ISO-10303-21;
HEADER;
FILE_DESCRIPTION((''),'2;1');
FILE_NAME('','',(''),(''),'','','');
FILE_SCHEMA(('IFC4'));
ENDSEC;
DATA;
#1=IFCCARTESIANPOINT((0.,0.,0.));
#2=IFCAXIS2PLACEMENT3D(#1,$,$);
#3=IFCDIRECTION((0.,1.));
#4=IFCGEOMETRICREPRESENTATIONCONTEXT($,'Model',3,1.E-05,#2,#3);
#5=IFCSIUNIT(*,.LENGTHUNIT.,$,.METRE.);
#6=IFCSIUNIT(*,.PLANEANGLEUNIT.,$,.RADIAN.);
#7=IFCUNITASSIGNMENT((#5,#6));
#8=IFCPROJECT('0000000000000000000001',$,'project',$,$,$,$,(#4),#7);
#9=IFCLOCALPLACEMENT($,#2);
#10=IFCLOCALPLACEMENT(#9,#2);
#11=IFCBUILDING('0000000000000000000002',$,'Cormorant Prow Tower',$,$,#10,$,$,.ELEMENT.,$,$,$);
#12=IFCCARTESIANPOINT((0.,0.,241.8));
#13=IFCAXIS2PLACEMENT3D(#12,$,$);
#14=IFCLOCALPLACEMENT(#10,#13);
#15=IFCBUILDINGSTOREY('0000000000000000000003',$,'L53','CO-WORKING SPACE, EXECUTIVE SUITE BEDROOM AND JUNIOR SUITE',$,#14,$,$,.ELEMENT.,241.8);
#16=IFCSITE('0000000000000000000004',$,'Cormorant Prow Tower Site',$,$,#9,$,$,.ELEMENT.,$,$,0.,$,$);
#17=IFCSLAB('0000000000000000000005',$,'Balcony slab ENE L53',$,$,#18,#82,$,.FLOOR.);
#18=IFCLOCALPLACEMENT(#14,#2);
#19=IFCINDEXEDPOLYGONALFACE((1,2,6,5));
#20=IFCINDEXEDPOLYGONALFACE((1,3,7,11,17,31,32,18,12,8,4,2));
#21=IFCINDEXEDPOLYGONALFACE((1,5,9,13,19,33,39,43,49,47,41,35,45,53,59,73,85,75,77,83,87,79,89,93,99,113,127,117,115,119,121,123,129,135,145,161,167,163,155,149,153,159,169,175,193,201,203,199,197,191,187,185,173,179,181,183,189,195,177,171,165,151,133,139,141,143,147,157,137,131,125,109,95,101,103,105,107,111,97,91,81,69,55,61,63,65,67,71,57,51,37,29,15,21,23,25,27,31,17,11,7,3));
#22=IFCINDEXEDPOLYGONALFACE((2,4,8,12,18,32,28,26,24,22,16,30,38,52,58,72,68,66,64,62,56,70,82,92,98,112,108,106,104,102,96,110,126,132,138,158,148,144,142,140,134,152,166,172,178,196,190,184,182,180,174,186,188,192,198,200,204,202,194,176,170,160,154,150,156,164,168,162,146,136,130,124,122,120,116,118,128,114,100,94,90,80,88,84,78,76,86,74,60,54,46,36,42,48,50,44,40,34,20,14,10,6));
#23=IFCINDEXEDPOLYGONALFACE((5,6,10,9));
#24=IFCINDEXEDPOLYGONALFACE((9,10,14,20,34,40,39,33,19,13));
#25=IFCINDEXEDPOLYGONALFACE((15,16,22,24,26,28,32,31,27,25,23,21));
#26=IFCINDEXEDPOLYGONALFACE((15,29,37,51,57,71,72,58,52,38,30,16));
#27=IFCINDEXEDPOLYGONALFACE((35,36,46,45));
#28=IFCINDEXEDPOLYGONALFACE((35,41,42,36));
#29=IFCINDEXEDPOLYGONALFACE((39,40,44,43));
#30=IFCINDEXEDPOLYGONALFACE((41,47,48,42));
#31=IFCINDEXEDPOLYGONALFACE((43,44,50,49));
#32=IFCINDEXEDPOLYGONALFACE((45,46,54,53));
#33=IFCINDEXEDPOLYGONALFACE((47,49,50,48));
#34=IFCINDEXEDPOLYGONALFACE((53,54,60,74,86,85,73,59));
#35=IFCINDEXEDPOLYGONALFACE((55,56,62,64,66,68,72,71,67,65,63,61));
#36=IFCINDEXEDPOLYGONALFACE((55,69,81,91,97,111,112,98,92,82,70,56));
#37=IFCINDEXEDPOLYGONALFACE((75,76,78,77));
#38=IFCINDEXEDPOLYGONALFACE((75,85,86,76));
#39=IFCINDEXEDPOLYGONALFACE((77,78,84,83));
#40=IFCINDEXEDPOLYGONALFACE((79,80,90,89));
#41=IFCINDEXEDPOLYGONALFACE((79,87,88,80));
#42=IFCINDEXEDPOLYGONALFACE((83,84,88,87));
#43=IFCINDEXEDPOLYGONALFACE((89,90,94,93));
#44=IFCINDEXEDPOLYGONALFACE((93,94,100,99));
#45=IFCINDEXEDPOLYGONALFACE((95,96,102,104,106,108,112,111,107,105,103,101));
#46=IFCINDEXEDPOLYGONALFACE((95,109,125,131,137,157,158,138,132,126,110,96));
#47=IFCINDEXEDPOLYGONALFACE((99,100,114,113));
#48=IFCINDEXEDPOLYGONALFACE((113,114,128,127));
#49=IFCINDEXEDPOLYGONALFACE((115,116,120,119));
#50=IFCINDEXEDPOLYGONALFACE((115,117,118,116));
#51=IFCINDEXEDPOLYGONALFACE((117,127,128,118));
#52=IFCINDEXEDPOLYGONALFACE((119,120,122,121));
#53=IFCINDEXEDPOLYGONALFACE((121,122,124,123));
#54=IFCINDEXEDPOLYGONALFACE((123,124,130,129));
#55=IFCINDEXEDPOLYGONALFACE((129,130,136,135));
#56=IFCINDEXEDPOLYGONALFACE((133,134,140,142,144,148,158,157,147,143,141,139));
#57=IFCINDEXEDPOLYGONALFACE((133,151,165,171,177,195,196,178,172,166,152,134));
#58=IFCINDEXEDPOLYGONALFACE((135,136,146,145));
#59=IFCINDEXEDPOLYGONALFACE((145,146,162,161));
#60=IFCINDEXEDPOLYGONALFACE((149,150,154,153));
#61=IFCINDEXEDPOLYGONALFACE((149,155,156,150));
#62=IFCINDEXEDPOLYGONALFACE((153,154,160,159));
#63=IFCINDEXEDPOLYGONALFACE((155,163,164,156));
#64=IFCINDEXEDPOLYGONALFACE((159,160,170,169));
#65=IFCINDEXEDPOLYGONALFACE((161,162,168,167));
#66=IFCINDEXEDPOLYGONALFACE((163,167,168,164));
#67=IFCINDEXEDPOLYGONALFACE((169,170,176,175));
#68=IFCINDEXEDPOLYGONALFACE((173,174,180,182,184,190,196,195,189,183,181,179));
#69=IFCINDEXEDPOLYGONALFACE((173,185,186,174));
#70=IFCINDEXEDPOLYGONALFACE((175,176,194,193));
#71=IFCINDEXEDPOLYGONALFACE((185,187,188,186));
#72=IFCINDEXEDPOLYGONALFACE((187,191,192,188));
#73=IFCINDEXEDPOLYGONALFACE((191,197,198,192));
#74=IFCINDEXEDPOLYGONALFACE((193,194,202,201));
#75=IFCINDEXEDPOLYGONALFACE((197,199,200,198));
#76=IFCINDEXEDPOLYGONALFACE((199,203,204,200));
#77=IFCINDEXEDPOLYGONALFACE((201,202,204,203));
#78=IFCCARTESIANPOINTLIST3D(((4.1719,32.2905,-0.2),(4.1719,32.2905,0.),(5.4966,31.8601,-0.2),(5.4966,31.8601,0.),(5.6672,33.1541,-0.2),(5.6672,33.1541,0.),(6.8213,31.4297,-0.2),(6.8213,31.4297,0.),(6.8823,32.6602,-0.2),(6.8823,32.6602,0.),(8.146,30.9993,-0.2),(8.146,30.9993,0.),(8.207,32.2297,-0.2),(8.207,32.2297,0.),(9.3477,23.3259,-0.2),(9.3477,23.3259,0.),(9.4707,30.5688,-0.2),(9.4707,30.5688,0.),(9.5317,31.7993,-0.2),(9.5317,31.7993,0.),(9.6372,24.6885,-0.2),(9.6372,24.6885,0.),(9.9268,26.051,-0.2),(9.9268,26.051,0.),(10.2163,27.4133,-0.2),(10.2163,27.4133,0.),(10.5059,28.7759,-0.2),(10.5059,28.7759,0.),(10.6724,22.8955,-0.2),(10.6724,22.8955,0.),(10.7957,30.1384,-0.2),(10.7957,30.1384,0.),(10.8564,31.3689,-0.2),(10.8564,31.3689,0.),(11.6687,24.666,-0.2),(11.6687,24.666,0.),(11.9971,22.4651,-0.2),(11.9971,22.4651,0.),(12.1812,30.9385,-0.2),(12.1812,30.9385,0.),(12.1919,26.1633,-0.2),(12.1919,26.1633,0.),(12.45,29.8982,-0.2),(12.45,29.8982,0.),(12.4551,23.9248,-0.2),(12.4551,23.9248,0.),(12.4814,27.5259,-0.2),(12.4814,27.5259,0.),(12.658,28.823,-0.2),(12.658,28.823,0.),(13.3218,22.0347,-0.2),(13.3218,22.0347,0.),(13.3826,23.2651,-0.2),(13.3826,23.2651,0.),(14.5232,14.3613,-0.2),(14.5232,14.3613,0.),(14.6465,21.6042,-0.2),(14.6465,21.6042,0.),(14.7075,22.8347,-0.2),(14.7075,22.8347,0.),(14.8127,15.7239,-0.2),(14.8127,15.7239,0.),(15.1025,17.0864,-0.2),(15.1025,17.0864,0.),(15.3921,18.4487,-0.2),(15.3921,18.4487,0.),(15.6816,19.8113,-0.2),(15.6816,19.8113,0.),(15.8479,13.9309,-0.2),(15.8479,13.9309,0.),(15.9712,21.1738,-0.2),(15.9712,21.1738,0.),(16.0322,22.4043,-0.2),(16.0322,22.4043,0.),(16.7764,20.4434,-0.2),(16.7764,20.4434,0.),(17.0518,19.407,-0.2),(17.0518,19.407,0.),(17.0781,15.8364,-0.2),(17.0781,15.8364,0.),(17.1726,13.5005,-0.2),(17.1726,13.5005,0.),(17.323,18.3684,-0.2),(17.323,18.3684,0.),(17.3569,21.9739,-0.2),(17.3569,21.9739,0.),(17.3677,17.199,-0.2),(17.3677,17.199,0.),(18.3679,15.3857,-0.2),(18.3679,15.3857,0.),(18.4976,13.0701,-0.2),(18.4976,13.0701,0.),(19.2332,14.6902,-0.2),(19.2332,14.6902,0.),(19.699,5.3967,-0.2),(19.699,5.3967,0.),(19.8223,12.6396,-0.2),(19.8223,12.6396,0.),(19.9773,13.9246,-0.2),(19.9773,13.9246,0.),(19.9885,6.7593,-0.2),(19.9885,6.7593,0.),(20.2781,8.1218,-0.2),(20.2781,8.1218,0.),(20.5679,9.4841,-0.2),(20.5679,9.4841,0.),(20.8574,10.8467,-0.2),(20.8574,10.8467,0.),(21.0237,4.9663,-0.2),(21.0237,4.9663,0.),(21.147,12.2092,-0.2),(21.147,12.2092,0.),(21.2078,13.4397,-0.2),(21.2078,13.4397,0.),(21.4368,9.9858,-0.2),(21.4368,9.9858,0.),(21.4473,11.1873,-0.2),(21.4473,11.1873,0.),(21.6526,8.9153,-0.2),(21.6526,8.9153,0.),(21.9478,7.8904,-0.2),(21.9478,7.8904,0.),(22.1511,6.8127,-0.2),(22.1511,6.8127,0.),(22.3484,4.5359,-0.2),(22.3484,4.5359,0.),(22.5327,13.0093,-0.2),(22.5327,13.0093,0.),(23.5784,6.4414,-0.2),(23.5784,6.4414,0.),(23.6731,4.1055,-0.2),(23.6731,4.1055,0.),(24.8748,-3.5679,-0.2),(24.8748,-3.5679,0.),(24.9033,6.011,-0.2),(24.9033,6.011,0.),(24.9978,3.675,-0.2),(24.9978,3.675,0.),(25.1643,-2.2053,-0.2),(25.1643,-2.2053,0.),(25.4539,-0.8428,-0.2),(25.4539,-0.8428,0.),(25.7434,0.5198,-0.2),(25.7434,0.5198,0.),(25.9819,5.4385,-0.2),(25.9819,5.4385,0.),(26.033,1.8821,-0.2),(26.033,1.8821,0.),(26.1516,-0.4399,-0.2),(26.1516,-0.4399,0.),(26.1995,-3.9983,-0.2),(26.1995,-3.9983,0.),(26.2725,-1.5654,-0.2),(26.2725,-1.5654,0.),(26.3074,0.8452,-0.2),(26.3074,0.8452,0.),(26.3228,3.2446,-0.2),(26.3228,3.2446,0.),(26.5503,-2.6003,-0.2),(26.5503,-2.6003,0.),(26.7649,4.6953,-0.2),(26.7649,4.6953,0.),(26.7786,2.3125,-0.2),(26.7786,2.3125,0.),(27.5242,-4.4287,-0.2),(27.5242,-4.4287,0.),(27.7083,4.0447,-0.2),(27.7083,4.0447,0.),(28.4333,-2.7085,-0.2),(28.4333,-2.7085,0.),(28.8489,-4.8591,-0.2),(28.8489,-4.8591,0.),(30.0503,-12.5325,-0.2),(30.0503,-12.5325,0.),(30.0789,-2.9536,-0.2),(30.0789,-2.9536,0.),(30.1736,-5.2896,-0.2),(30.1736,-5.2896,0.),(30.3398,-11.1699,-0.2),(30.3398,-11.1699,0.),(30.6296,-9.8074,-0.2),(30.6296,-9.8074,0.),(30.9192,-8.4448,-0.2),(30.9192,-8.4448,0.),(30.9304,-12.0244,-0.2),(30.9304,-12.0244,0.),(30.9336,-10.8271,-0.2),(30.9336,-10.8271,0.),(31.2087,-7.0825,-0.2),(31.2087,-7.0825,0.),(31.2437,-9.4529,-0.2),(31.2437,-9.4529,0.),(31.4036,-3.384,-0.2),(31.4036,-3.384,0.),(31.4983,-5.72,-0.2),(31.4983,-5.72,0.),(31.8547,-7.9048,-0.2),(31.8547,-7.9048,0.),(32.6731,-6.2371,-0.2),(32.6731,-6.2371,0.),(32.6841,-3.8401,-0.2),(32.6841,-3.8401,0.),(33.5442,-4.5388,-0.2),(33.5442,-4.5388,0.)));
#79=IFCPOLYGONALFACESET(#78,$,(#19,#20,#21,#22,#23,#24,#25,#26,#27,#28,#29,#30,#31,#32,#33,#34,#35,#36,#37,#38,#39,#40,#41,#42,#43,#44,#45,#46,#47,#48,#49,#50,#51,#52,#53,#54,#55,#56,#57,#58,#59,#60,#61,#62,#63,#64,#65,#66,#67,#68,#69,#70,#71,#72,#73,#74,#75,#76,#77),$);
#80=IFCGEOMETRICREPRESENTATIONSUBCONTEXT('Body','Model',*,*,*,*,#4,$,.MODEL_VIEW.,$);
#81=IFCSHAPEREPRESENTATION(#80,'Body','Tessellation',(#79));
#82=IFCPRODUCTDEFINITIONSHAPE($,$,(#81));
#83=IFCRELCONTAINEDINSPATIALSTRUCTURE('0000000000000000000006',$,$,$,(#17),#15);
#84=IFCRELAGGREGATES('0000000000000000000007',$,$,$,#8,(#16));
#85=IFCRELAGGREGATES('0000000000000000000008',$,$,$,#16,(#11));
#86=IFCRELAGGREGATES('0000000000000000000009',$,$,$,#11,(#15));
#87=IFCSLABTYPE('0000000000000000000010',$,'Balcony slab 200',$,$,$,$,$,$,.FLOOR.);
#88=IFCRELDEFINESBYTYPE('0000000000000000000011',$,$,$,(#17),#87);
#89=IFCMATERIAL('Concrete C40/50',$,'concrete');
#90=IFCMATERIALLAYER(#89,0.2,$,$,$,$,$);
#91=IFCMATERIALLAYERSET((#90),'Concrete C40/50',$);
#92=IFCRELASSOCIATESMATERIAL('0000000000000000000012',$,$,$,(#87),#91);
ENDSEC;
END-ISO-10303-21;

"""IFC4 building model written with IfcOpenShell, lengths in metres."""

from ifc_helpers import new_model, si_unit, direction, frame, origin, place, context, subcontext, project, spatial, polyline, outline, extrude, material, layer, layer_set, type_object, element, save


model = new_model("IFC4")

# Units and contexts
model_context = context("Model", 3, precision=1e-05, world=origin(), true_north=direction((0.0, 1.0)))
body_context = subcontext(model_context, "Body", "Model", "MODEL_VIEW")
ifc_project = project(units=[si_unit("LENGTHUNIT", "METRE"), si_unit("PLANEANGLEUNIT", "RADIAN")], contexts=[model_context])

# Site, building, storey
site_placement = place(None, origin())
site = spatial("IfcSite", under=ifc_project, at=site_placement, Name="Cormorant Prow Tower Site", CompositionType="ELEMENT", RefElevation=0.0)
building_placement = place(site_placement, origin())
building = spatial("IfcBuilding", under=site, at=building_placement, Name="Cormorant Prow Tower", CompositionType="ELEMENT")
storey_placement = place(building_placement, frame((0.0, 0.0, 241.8)))
storey = spatial("IfcBuildingStorey", under=building, at=storey_placement, Name="L53", Description="CO-WORKING SPACE, EXECUTIVE SUITE BEDROOM AND JUNIOR SUITE", CompositionType="ELEMENT", Elevation=241.8)

# Slab
ifc_material_1 = material(Name="Concrete C40/50", Category="concrete")
ifc_layer_1 = layer(ifc_material_1, 0.2)
ifc_layer_set_1 = layer_set([ifc_layer_1], Name="Concrete C40/50")
slab_type_1 = type_object("IfcSlabType", Name="Balcony slab 200", PredefinedType="FLOOR", material=ifc_layer_set_1)
slab_1_placement = place(storey_placement, frame((0.0, 0.0, -0.2)))
element("IfcSlab", 1, at=slab_1_placement, inside=storey, type_object=slab_type_1, Name="Balcony slab ENE L53", PredefinedType="FLOOR", context=body_context, shape_type="SweptSolid", body=[
    extrude(outline(polyline([(30.0503, -12.5325), (30.9304, -12.0244), (30.9336, -10.8271), (31.2437, -9.4529), (31.8547, -7.9048), (32.6731, -6.2371), (33.5442, -4.5388), (32.6841, -3.8401), (31.4036, -3.384), (30.0789, -2.9536), (28.4333, -2.7085), (26.5503, -2.6003), (26.2725, -1.5654), (26.1516, -0.4399), (26.3074, 0.8452), (26.7786, 2.3125), (27.7083, 4.0447), (26.7649, 4.6953), (25.9819, 5.4385), (24.9033, 6.011), (23.5784, 6.4414), (22.1511, 6.8127), (21.9478, 7.8904), (21.6526, 8.9153), (21.4368, 9.9858), (21.4473, 11.1873), (22.5327, 13.0093), (21.2078, 13.4397), (19.9773, 13.9246), (19.2332, 14.6902), (18.3679, 15.3857), (17.0781, 15.8364), (17.3677, 17.199), (17.323, 18.3684), (17.0518, 19.407), (16.7764, 20.4434), (17.3569, 21.9739), (16.0322, 22.4043), (14.7075, 22.8347), (13.3826, 23.2651), (12.4551, 23.9248), (11.6687, 24.666), (12.1919, 26.1633), (12.4814, 27.5259), (12.658, 28.823), (12.45, 29.8982), (12.1812, 30.9385), (10.8564, 31.3689), (9.5317, 31.7993), (8.207, 32.2297), (6.8823, 32.6602), (5.6672, 33.1541), (4.1719, 32.2905), (5.4966, 31.8601), (6.8213, 31.4297), (8.146, 30.9993), (9.4707, 30.5688), (10.7957, 30.1384), (10.5059, 28.7759), (10.2163, 27.4133), (9.9268, 26.051), (9.6372, 24.6885), (9.3477, 23.3259), (10.6724, 22.8955), (11.9971, 22.4651), (13.3218, 22.0347), (14.6465, 21.6042), (15.9712, 21.1738), (15.6816, 19.8113), (15.3921, 18.4487), (15.1025, 17.0864), (14.8127, 15.7239), (14.5232, 14.3613), (15.8479, 13.9309), (17.1726, 13.5005), (18.4976, 13.0701), (19.8223, 12.6396), (21.147, 12.2092), (20.8574, 10.8467), (20.5679, 9.4841), (20.2781, 8.1218), (19.9885, 6.7593), (19.699, 5.3967), (21.0237, 4.9663), (22.3484, 4.5359), (23.6731, 4.1055), (24.9978, 3.675), (26.3228, 3.2446), (26.033, 1.8821), (25.7434, 0.5198), (25.4539, -0.8428), (25.1643, -2.2053), (24.8748, -3.5679), (26.1995, -3.9983), (27.5242, -4.4287), (28.8489, -4.8591), (30.1736, -5.2896), (31.4983, -5.72), (31.2087, -7.0825), (30.9192, -8.4448), (30.6296, -9.8074), (30.3398, -11.1699), (30.0503, -12.5325)])), origin(), (0.0, 0.0, 1.0), 0.2),
])

save(model, "model.ifc")
